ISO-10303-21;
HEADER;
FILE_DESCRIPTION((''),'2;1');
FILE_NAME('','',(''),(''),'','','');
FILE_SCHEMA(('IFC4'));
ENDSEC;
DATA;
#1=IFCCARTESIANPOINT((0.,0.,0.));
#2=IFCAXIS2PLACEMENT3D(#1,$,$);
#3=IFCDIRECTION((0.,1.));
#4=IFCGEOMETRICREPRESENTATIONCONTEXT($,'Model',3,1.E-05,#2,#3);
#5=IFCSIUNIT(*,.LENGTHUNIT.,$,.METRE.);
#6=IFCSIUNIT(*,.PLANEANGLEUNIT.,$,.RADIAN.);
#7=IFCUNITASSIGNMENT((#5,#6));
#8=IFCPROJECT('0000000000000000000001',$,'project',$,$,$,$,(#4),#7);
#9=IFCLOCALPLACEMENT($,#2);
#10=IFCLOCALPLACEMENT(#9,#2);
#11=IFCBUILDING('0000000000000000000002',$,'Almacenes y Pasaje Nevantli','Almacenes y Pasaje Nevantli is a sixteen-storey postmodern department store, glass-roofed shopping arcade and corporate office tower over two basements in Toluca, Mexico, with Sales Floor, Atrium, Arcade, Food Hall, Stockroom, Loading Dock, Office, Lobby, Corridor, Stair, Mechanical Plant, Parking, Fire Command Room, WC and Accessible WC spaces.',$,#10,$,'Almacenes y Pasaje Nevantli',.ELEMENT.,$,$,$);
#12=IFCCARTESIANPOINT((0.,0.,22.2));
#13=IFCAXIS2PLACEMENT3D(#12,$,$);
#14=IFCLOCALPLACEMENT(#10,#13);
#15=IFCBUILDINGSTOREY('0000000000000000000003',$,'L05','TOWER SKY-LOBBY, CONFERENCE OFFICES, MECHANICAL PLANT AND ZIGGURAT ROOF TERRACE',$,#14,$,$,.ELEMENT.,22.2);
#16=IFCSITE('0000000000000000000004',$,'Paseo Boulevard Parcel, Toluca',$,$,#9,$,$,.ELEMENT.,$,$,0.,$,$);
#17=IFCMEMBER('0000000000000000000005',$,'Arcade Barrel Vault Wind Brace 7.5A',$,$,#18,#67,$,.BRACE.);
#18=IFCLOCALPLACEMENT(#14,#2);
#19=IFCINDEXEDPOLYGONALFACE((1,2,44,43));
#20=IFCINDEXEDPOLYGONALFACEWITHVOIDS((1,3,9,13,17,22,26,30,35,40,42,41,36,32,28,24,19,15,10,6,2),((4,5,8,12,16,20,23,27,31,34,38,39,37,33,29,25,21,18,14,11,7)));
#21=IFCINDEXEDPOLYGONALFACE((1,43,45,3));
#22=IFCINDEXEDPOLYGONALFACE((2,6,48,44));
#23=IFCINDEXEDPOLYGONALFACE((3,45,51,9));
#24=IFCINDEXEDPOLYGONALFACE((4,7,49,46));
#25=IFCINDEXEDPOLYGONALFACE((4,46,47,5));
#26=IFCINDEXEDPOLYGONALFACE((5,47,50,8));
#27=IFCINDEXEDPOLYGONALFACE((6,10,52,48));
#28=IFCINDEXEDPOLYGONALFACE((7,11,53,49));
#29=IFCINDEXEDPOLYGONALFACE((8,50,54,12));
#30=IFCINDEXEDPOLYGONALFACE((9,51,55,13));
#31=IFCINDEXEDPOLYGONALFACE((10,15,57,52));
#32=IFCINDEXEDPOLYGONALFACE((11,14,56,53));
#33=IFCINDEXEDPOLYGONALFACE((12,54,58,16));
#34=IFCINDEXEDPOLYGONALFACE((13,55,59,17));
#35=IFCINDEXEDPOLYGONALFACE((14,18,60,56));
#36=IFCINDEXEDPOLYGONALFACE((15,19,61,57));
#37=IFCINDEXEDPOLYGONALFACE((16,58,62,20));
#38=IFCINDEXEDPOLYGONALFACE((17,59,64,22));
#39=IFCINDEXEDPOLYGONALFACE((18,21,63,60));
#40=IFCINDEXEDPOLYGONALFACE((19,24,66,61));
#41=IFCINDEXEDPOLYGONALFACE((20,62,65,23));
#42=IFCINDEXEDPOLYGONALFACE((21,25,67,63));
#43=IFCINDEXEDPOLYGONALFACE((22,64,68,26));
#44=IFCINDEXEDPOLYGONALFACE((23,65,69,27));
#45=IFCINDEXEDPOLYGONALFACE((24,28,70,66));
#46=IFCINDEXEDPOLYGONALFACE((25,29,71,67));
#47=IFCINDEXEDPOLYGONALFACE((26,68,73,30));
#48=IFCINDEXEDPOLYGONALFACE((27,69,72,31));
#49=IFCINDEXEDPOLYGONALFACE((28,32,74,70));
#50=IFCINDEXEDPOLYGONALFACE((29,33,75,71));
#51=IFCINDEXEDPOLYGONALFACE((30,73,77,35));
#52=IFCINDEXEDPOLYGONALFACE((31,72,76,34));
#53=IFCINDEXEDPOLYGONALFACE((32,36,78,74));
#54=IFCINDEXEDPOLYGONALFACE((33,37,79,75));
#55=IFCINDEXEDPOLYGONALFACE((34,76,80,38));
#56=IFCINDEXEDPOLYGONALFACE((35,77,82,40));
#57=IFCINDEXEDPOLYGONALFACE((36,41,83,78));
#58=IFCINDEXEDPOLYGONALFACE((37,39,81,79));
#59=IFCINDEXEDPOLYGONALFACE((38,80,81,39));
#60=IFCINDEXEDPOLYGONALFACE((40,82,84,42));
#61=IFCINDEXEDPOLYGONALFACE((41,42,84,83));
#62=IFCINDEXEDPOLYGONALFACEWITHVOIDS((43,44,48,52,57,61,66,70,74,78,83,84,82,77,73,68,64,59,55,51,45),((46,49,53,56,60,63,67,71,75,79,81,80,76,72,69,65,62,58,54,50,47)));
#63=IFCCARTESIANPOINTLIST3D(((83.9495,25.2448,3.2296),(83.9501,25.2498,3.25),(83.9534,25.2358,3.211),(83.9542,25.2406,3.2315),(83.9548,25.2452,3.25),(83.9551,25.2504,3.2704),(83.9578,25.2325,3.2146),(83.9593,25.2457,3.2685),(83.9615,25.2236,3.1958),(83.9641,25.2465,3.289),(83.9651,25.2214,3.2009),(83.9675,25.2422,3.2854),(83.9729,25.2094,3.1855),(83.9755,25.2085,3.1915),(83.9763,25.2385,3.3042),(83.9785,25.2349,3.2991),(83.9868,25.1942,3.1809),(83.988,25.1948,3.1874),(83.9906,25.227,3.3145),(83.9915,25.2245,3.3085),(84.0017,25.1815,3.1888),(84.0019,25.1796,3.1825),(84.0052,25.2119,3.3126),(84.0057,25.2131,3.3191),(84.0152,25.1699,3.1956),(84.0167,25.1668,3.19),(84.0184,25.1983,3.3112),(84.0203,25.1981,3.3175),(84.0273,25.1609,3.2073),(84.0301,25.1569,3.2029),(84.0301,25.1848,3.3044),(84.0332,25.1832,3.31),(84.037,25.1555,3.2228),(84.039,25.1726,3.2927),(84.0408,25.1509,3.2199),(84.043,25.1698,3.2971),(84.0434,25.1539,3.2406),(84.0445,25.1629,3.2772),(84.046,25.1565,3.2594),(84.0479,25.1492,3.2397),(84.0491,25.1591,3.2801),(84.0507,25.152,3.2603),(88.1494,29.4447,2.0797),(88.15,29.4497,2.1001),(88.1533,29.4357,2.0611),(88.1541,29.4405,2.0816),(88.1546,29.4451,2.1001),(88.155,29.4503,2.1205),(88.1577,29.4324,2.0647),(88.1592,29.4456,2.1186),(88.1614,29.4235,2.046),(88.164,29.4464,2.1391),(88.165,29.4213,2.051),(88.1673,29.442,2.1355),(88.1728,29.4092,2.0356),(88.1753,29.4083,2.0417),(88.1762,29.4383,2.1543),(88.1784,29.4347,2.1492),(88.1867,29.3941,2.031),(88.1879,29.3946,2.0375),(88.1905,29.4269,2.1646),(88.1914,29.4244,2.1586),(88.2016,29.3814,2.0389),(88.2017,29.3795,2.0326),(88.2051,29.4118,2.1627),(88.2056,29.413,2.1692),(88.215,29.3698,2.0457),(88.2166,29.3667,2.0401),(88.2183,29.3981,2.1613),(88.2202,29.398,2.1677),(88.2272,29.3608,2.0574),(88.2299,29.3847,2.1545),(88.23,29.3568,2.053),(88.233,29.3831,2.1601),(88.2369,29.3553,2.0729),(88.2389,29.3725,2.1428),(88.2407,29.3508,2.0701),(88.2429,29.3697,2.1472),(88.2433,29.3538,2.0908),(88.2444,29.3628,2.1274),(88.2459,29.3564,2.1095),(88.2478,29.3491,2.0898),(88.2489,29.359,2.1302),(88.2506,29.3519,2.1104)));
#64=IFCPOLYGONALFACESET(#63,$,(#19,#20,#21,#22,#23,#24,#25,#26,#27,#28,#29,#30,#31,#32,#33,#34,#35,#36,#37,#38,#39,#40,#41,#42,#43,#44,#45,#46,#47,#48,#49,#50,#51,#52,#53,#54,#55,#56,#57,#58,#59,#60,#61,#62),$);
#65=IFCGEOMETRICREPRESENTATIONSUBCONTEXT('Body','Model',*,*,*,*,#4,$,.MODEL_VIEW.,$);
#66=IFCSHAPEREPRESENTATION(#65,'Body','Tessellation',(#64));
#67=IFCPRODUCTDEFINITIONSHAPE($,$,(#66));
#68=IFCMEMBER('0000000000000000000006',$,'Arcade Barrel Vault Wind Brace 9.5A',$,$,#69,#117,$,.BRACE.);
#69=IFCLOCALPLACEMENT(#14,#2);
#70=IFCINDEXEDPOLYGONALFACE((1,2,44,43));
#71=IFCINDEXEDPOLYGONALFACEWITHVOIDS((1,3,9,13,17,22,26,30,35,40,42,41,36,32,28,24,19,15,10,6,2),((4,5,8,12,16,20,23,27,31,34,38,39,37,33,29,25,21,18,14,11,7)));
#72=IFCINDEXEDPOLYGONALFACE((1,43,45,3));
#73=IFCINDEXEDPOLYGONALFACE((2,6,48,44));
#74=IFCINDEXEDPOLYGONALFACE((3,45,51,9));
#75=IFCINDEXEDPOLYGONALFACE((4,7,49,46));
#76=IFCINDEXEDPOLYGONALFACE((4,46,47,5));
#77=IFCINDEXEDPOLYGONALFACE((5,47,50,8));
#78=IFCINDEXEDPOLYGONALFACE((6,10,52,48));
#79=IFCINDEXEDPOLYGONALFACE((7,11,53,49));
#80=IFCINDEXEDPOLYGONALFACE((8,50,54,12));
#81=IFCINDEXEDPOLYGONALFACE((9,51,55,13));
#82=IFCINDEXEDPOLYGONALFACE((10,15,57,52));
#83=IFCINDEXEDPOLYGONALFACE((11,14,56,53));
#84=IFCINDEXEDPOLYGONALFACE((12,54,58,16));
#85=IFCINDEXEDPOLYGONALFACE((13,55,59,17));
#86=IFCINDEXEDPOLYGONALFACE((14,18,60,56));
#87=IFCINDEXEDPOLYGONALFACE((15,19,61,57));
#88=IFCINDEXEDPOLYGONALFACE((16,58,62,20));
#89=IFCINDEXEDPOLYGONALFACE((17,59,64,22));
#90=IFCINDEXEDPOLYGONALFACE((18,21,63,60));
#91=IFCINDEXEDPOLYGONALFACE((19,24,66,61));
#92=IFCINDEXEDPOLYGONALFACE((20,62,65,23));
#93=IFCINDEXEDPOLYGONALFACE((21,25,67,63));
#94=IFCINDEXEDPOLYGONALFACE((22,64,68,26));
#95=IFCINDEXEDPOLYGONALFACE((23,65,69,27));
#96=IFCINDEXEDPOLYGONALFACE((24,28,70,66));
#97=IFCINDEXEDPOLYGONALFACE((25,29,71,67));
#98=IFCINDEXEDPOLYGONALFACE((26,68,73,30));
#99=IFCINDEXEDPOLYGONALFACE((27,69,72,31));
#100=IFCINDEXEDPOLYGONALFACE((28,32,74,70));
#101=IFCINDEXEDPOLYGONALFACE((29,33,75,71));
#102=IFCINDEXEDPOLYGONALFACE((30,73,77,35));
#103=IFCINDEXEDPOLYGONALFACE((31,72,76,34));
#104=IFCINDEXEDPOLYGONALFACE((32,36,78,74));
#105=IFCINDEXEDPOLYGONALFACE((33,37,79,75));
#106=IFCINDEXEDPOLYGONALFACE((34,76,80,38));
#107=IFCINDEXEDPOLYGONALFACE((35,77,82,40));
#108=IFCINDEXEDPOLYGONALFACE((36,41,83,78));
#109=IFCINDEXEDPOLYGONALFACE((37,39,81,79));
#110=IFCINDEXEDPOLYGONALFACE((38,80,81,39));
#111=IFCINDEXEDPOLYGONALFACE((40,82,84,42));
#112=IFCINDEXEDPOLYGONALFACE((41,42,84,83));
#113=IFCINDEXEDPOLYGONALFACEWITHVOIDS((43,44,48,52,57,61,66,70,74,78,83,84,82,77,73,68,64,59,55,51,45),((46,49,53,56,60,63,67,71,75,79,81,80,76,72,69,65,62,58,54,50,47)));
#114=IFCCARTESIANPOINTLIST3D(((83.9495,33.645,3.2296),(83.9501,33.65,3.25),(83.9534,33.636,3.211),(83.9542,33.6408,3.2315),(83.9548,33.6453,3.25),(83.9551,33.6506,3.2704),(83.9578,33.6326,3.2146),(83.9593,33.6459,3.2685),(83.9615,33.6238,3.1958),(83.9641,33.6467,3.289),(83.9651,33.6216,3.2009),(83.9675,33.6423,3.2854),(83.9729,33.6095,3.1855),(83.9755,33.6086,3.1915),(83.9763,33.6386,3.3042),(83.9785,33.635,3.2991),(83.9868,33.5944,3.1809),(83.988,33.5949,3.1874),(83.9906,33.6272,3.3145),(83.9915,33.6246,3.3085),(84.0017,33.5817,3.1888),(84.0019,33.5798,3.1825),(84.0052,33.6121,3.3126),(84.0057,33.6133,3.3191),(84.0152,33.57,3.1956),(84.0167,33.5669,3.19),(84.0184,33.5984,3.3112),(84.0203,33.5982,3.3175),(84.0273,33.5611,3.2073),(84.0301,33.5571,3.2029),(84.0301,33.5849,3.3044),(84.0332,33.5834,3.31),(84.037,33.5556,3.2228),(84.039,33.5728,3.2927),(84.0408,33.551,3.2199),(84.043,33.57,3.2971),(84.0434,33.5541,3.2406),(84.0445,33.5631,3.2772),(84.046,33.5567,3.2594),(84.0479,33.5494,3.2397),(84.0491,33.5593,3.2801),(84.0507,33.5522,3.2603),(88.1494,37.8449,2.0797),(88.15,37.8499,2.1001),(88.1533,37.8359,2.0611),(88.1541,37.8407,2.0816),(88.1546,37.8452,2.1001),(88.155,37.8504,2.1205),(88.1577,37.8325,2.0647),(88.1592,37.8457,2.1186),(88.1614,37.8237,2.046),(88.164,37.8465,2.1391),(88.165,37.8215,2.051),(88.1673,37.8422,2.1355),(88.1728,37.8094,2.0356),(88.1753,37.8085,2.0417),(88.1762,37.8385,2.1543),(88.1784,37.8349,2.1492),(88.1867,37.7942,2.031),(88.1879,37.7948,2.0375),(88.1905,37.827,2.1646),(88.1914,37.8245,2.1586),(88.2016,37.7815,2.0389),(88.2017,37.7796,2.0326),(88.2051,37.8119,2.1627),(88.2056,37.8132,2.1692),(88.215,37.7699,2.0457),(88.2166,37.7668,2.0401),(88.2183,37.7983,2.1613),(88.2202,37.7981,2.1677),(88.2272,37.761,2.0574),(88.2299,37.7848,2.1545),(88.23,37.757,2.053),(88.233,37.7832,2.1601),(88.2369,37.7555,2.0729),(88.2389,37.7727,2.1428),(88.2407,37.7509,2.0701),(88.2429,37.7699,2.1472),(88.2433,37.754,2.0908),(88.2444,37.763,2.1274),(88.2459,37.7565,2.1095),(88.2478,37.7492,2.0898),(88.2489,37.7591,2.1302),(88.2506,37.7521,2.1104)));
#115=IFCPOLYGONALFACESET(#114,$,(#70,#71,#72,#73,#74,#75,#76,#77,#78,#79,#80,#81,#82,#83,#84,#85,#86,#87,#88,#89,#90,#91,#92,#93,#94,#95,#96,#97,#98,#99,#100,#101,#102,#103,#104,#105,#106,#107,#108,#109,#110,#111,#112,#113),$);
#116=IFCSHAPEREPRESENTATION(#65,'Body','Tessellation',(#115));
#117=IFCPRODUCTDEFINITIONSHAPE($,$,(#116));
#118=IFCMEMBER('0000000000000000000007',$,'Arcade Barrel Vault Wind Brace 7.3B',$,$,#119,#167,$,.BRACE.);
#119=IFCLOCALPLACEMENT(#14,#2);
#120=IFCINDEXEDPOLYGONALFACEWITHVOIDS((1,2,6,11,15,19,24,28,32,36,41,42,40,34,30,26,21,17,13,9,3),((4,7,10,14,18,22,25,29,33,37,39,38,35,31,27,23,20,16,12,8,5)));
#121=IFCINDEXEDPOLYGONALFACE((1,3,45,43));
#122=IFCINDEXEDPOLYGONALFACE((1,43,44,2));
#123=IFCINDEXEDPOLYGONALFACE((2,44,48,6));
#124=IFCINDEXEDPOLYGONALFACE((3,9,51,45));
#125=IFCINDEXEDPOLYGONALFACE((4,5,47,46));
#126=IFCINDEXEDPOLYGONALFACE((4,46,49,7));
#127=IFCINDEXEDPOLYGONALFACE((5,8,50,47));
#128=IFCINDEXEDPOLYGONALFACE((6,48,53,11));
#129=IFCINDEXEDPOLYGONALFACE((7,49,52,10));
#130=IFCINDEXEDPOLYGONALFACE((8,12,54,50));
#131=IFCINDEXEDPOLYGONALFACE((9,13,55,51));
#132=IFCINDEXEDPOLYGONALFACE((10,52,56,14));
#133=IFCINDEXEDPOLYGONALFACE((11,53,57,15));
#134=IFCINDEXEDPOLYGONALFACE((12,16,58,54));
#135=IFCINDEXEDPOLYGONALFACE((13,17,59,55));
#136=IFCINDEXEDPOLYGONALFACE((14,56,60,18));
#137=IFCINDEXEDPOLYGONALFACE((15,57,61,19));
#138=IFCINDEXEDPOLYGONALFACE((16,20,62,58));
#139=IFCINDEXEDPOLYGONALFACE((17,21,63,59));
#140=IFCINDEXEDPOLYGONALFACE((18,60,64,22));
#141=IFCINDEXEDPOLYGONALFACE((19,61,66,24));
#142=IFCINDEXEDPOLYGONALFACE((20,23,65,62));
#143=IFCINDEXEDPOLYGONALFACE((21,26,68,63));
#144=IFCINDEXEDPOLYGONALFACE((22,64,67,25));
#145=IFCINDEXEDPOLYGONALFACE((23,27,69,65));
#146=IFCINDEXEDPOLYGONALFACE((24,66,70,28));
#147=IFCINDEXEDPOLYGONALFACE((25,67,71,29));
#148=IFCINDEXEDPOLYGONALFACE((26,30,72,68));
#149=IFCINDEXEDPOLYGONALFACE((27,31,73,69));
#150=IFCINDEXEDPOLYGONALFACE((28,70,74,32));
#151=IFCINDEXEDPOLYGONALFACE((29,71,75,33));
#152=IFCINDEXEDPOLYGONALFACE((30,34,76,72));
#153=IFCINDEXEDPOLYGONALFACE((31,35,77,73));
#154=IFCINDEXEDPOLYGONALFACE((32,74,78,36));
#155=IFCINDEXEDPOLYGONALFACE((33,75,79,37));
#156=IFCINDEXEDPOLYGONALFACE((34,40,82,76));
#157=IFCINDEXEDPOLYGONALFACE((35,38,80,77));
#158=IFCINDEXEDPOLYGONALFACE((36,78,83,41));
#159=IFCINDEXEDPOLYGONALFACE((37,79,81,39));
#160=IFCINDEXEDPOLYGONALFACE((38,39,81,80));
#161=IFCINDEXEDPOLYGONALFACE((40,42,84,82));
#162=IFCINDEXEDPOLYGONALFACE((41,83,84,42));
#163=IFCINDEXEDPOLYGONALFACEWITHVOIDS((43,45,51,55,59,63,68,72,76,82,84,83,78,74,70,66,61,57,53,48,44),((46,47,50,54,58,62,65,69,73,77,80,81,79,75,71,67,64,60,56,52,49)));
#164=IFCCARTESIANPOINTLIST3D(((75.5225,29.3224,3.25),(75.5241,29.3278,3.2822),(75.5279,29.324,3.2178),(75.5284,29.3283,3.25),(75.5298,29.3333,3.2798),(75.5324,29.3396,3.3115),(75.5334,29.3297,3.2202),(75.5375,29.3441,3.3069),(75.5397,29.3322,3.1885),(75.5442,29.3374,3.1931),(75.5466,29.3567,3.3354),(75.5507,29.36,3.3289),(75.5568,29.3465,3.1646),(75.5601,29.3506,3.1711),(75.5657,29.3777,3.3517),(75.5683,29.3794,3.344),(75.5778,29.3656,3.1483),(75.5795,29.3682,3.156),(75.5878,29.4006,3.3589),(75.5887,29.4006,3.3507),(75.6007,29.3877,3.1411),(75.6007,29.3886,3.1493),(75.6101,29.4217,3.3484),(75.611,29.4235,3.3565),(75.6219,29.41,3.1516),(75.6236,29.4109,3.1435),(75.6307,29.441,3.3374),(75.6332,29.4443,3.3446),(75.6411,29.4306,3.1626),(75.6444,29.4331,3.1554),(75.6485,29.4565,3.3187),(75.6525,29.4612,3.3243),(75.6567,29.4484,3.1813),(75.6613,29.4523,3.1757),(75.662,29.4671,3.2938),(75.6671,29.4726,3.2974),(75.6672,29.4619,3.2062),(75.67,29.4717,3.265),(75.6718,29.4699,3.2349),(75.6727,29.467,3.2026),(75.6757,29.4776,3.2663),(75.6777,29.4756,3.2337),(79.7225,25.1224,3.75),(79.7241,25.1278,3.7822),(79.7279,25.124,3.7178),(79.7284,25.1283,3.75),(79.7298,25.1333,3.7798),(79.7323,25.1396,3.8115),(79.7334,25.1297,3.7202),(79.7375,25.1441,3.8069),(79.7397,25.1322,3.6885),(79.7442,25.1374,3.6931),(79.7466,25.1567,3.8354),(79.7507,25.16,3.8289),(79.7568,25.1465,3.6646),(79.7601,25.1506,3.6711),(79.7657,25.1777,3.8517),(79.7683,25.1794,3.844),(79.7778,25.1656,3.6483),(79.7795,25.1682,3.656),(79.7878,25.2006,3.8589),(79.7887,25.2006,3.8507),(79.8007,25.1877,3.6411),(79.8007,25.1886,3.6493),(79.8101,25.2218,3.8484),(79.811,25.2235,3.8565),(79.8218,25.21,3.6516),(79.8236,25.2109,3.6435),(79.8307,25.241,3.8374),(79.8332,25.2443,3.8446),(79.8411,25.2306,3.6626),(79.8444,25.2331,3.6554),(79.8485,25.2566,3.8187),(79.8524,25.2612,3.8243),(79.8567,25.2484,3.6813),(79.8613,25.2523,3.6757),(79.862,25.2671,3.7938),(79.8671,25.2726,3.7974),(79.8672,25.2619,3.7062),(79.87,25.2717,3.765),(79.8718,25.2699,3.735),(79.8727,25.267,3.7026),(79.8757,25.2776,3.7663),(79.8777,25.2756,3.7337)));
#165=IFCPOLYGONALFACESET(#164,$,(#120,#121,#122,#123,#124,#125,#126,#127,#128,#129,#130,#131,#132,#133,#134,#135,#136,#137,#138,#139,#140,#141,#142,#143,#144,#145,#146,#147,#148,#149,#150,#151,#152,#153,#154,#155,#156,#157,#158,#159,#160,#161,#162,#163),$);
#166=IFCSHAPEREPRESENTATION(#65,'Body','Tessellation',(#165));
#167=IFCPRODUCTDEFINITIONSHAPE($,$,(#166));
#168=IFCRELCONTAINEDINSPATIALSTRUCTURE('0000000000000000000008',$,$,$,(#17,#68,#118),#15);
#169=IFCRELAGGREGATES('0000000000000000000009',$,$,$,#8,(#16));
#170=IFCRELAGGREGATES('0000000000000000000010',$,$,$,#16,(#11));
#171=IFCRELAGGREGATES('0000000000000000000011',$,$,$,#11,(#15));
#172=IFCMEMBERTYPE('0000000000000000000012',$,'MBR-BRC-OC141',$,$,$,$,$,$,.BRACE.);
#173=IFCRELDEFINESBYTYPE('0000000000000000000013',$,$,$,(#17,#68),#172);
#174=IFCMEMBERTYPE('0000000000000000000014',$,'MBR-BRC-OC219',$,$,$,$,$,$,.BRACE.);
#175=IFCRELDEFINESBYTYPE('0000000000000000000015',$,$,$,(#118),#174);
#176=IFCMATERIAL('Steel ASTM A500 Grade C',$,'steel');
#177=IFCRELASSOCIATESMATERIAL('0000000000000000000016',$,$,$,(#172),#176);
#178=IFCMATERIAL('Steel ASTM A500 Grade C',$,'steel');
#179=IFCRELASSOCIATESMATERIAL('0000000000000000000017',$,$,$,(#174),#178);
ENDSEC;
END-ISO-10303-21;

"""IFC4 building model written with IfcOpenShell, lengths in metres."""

from ifc_helpers import new_model, si_unit, direction, frame, origin, origin_2d, place, context, subcontext, project, spatial, hollow_circle, extrude, material, material_profile, profile_set, type_object, element, save


model = new_model("IFC4")

# Units and contexts
model_context = context("Model", 3, precision=1e-05, world=origin(), true_north=direction((0.0, 1.0)))
body_context = subcontext(model_context, "Body", "Model", "MODEL_VIEW")
ifc_project = project(units=[si_unit("LENGTHUNIT", "METRE"), si_unit("PLANEANGLEUNIT", "RADIAN")], contexts=[model_context])

# Site, building, storey
site_placement = place(None, origin())
site = spatial("IfcSite", under=ifc_project, at=site_placement, Name="Paseo Boulevard Parcel, Toluca", CompositionType="ELEMENT", RefElevation=0.0)
building_placement = place(site_placement, origin())
building = spatial("IfcBuilding", under=site, at=building_placement, Name="Almacenes y Pasaje Nevantli", Description="Almacenes y Pasaje Nevantli is a sixteen-storey postmodern department store, glass-roofed shopping arcade and corporate office tower over two basements in Toluca, Mexico, with Sales Floor, Atrium, Arcade, Food Hall, Stockroom, Loading Dock, Office, Lobby, Corridor, Stair, Mechanical Plant, Parking, Fire Command Room, WC and Accessible WC spaces.", LongName="Almacenes y Pasaje Nevantli", CompositionType="ELEMENT")
storey_placement = place(building_placement, frame((0.0, 0.0, 22.2)))
storey = spatial("IfcBuildingStorey", under=building, at=storey_placement, Name="L05", Description="TOWER SKY-LOBBY, CONFERENCE OFFICES, MECHANICAL PLANT AND ZIGGURAT ROOF TERRACE", CompositionType="ELEMENT", Elevation=22.2)

# Members
ifc_material_1 = material(Name="Steel ASTM A500 Grade C", Category="steel")
ifc_material_profile_1 = material_profile(ifc_material_1, hollow_circle(Radius=0.0706, WallThickness=0.0066, at=origin_2d()), Name="OC 141x6.6")
ifc_profile_set_1 = profile_set([ifc_material_profile_1], Name="Steel ASTM A500 Grade C")
member_type_1 = type_object("IfcMemberType", Name="MBR-BRC-OC141", PredefinedType="BRACE", material=ifc_profile_set_1)
for number, where, z_axis, x_axis, name in (
    (1, (84.0, 25.2, 3.25), (0.694217, 0.694217, -0.190069), (-0.707107, 0.707107, 0.0), "Arcade Barrel Vault Wind Brace 7.5A"),
    (2, (84.0, 33.6001, 3.25), (0.694217, 0.694217, -0.190069), (-0.707107, 0.707107, 0.0), "Arcade Barrel Vault Wind Brace 9.5A"),
):
    element("IfcMember", number, at=place(storey_placement, frame(where, z_axis=z_axis, x_axis=x_axis)), inside=storey, type_object=member_type_1, Name=name, PredefinedType="BRACE", context=body_context, shape_type="SweptSolid", body=[
        extrude(hollow_circle(Radius=0.0706, WallThickness=0.0066, at=origin_2d()), origin(), (0.0, 0.0, 1.0), 6.0498),
    ])
ifc_material_2 = material(Name="Steel ASTM A500 Grade C", Category="steel")
ifc_material_profile_2 = material_profile(ifc_material_2, hollow_circle(Radius=0.1096, WallThickness=0.0083, at=origin_2d()), Name="OC 219x8.2")
ifc_profile_set_2 = profile_set([ifc_material_profile_2], Name="Steel ASTM A500 Grade C")
member_type_2 = type_object("IfcMemberType", Name="MBR-BRC-OC219", PredefinedType="BRACE", material=ifc_profile_set_2)
for number, where, z_axis, x_axis, name in (
    (3, (79.8, 25.2, 3.75), (-0.704615, 0.704615, -0.083884), (-0.707107, -0.707107, 0.0), "Arcade Barrel Vault Wind Brace 7.3B"),
):
    element("IfcMember", number, at=place(storey_placement, frame(where, z_axis=z_axis, x_axis=x_axis)), inside=storey, type_object=member_type_2, Name=name, PredefinedType="BRACE", context=body_context, shape_type="SweptSolid", body=[
        extrude(hollow_circle(Radius=0.1096, WallThickness=0.0083, at=origin_2d()), origin(), (0.0, 0.0, 1.0), 5.9607),
    ])

save(model, "model.ifc")
